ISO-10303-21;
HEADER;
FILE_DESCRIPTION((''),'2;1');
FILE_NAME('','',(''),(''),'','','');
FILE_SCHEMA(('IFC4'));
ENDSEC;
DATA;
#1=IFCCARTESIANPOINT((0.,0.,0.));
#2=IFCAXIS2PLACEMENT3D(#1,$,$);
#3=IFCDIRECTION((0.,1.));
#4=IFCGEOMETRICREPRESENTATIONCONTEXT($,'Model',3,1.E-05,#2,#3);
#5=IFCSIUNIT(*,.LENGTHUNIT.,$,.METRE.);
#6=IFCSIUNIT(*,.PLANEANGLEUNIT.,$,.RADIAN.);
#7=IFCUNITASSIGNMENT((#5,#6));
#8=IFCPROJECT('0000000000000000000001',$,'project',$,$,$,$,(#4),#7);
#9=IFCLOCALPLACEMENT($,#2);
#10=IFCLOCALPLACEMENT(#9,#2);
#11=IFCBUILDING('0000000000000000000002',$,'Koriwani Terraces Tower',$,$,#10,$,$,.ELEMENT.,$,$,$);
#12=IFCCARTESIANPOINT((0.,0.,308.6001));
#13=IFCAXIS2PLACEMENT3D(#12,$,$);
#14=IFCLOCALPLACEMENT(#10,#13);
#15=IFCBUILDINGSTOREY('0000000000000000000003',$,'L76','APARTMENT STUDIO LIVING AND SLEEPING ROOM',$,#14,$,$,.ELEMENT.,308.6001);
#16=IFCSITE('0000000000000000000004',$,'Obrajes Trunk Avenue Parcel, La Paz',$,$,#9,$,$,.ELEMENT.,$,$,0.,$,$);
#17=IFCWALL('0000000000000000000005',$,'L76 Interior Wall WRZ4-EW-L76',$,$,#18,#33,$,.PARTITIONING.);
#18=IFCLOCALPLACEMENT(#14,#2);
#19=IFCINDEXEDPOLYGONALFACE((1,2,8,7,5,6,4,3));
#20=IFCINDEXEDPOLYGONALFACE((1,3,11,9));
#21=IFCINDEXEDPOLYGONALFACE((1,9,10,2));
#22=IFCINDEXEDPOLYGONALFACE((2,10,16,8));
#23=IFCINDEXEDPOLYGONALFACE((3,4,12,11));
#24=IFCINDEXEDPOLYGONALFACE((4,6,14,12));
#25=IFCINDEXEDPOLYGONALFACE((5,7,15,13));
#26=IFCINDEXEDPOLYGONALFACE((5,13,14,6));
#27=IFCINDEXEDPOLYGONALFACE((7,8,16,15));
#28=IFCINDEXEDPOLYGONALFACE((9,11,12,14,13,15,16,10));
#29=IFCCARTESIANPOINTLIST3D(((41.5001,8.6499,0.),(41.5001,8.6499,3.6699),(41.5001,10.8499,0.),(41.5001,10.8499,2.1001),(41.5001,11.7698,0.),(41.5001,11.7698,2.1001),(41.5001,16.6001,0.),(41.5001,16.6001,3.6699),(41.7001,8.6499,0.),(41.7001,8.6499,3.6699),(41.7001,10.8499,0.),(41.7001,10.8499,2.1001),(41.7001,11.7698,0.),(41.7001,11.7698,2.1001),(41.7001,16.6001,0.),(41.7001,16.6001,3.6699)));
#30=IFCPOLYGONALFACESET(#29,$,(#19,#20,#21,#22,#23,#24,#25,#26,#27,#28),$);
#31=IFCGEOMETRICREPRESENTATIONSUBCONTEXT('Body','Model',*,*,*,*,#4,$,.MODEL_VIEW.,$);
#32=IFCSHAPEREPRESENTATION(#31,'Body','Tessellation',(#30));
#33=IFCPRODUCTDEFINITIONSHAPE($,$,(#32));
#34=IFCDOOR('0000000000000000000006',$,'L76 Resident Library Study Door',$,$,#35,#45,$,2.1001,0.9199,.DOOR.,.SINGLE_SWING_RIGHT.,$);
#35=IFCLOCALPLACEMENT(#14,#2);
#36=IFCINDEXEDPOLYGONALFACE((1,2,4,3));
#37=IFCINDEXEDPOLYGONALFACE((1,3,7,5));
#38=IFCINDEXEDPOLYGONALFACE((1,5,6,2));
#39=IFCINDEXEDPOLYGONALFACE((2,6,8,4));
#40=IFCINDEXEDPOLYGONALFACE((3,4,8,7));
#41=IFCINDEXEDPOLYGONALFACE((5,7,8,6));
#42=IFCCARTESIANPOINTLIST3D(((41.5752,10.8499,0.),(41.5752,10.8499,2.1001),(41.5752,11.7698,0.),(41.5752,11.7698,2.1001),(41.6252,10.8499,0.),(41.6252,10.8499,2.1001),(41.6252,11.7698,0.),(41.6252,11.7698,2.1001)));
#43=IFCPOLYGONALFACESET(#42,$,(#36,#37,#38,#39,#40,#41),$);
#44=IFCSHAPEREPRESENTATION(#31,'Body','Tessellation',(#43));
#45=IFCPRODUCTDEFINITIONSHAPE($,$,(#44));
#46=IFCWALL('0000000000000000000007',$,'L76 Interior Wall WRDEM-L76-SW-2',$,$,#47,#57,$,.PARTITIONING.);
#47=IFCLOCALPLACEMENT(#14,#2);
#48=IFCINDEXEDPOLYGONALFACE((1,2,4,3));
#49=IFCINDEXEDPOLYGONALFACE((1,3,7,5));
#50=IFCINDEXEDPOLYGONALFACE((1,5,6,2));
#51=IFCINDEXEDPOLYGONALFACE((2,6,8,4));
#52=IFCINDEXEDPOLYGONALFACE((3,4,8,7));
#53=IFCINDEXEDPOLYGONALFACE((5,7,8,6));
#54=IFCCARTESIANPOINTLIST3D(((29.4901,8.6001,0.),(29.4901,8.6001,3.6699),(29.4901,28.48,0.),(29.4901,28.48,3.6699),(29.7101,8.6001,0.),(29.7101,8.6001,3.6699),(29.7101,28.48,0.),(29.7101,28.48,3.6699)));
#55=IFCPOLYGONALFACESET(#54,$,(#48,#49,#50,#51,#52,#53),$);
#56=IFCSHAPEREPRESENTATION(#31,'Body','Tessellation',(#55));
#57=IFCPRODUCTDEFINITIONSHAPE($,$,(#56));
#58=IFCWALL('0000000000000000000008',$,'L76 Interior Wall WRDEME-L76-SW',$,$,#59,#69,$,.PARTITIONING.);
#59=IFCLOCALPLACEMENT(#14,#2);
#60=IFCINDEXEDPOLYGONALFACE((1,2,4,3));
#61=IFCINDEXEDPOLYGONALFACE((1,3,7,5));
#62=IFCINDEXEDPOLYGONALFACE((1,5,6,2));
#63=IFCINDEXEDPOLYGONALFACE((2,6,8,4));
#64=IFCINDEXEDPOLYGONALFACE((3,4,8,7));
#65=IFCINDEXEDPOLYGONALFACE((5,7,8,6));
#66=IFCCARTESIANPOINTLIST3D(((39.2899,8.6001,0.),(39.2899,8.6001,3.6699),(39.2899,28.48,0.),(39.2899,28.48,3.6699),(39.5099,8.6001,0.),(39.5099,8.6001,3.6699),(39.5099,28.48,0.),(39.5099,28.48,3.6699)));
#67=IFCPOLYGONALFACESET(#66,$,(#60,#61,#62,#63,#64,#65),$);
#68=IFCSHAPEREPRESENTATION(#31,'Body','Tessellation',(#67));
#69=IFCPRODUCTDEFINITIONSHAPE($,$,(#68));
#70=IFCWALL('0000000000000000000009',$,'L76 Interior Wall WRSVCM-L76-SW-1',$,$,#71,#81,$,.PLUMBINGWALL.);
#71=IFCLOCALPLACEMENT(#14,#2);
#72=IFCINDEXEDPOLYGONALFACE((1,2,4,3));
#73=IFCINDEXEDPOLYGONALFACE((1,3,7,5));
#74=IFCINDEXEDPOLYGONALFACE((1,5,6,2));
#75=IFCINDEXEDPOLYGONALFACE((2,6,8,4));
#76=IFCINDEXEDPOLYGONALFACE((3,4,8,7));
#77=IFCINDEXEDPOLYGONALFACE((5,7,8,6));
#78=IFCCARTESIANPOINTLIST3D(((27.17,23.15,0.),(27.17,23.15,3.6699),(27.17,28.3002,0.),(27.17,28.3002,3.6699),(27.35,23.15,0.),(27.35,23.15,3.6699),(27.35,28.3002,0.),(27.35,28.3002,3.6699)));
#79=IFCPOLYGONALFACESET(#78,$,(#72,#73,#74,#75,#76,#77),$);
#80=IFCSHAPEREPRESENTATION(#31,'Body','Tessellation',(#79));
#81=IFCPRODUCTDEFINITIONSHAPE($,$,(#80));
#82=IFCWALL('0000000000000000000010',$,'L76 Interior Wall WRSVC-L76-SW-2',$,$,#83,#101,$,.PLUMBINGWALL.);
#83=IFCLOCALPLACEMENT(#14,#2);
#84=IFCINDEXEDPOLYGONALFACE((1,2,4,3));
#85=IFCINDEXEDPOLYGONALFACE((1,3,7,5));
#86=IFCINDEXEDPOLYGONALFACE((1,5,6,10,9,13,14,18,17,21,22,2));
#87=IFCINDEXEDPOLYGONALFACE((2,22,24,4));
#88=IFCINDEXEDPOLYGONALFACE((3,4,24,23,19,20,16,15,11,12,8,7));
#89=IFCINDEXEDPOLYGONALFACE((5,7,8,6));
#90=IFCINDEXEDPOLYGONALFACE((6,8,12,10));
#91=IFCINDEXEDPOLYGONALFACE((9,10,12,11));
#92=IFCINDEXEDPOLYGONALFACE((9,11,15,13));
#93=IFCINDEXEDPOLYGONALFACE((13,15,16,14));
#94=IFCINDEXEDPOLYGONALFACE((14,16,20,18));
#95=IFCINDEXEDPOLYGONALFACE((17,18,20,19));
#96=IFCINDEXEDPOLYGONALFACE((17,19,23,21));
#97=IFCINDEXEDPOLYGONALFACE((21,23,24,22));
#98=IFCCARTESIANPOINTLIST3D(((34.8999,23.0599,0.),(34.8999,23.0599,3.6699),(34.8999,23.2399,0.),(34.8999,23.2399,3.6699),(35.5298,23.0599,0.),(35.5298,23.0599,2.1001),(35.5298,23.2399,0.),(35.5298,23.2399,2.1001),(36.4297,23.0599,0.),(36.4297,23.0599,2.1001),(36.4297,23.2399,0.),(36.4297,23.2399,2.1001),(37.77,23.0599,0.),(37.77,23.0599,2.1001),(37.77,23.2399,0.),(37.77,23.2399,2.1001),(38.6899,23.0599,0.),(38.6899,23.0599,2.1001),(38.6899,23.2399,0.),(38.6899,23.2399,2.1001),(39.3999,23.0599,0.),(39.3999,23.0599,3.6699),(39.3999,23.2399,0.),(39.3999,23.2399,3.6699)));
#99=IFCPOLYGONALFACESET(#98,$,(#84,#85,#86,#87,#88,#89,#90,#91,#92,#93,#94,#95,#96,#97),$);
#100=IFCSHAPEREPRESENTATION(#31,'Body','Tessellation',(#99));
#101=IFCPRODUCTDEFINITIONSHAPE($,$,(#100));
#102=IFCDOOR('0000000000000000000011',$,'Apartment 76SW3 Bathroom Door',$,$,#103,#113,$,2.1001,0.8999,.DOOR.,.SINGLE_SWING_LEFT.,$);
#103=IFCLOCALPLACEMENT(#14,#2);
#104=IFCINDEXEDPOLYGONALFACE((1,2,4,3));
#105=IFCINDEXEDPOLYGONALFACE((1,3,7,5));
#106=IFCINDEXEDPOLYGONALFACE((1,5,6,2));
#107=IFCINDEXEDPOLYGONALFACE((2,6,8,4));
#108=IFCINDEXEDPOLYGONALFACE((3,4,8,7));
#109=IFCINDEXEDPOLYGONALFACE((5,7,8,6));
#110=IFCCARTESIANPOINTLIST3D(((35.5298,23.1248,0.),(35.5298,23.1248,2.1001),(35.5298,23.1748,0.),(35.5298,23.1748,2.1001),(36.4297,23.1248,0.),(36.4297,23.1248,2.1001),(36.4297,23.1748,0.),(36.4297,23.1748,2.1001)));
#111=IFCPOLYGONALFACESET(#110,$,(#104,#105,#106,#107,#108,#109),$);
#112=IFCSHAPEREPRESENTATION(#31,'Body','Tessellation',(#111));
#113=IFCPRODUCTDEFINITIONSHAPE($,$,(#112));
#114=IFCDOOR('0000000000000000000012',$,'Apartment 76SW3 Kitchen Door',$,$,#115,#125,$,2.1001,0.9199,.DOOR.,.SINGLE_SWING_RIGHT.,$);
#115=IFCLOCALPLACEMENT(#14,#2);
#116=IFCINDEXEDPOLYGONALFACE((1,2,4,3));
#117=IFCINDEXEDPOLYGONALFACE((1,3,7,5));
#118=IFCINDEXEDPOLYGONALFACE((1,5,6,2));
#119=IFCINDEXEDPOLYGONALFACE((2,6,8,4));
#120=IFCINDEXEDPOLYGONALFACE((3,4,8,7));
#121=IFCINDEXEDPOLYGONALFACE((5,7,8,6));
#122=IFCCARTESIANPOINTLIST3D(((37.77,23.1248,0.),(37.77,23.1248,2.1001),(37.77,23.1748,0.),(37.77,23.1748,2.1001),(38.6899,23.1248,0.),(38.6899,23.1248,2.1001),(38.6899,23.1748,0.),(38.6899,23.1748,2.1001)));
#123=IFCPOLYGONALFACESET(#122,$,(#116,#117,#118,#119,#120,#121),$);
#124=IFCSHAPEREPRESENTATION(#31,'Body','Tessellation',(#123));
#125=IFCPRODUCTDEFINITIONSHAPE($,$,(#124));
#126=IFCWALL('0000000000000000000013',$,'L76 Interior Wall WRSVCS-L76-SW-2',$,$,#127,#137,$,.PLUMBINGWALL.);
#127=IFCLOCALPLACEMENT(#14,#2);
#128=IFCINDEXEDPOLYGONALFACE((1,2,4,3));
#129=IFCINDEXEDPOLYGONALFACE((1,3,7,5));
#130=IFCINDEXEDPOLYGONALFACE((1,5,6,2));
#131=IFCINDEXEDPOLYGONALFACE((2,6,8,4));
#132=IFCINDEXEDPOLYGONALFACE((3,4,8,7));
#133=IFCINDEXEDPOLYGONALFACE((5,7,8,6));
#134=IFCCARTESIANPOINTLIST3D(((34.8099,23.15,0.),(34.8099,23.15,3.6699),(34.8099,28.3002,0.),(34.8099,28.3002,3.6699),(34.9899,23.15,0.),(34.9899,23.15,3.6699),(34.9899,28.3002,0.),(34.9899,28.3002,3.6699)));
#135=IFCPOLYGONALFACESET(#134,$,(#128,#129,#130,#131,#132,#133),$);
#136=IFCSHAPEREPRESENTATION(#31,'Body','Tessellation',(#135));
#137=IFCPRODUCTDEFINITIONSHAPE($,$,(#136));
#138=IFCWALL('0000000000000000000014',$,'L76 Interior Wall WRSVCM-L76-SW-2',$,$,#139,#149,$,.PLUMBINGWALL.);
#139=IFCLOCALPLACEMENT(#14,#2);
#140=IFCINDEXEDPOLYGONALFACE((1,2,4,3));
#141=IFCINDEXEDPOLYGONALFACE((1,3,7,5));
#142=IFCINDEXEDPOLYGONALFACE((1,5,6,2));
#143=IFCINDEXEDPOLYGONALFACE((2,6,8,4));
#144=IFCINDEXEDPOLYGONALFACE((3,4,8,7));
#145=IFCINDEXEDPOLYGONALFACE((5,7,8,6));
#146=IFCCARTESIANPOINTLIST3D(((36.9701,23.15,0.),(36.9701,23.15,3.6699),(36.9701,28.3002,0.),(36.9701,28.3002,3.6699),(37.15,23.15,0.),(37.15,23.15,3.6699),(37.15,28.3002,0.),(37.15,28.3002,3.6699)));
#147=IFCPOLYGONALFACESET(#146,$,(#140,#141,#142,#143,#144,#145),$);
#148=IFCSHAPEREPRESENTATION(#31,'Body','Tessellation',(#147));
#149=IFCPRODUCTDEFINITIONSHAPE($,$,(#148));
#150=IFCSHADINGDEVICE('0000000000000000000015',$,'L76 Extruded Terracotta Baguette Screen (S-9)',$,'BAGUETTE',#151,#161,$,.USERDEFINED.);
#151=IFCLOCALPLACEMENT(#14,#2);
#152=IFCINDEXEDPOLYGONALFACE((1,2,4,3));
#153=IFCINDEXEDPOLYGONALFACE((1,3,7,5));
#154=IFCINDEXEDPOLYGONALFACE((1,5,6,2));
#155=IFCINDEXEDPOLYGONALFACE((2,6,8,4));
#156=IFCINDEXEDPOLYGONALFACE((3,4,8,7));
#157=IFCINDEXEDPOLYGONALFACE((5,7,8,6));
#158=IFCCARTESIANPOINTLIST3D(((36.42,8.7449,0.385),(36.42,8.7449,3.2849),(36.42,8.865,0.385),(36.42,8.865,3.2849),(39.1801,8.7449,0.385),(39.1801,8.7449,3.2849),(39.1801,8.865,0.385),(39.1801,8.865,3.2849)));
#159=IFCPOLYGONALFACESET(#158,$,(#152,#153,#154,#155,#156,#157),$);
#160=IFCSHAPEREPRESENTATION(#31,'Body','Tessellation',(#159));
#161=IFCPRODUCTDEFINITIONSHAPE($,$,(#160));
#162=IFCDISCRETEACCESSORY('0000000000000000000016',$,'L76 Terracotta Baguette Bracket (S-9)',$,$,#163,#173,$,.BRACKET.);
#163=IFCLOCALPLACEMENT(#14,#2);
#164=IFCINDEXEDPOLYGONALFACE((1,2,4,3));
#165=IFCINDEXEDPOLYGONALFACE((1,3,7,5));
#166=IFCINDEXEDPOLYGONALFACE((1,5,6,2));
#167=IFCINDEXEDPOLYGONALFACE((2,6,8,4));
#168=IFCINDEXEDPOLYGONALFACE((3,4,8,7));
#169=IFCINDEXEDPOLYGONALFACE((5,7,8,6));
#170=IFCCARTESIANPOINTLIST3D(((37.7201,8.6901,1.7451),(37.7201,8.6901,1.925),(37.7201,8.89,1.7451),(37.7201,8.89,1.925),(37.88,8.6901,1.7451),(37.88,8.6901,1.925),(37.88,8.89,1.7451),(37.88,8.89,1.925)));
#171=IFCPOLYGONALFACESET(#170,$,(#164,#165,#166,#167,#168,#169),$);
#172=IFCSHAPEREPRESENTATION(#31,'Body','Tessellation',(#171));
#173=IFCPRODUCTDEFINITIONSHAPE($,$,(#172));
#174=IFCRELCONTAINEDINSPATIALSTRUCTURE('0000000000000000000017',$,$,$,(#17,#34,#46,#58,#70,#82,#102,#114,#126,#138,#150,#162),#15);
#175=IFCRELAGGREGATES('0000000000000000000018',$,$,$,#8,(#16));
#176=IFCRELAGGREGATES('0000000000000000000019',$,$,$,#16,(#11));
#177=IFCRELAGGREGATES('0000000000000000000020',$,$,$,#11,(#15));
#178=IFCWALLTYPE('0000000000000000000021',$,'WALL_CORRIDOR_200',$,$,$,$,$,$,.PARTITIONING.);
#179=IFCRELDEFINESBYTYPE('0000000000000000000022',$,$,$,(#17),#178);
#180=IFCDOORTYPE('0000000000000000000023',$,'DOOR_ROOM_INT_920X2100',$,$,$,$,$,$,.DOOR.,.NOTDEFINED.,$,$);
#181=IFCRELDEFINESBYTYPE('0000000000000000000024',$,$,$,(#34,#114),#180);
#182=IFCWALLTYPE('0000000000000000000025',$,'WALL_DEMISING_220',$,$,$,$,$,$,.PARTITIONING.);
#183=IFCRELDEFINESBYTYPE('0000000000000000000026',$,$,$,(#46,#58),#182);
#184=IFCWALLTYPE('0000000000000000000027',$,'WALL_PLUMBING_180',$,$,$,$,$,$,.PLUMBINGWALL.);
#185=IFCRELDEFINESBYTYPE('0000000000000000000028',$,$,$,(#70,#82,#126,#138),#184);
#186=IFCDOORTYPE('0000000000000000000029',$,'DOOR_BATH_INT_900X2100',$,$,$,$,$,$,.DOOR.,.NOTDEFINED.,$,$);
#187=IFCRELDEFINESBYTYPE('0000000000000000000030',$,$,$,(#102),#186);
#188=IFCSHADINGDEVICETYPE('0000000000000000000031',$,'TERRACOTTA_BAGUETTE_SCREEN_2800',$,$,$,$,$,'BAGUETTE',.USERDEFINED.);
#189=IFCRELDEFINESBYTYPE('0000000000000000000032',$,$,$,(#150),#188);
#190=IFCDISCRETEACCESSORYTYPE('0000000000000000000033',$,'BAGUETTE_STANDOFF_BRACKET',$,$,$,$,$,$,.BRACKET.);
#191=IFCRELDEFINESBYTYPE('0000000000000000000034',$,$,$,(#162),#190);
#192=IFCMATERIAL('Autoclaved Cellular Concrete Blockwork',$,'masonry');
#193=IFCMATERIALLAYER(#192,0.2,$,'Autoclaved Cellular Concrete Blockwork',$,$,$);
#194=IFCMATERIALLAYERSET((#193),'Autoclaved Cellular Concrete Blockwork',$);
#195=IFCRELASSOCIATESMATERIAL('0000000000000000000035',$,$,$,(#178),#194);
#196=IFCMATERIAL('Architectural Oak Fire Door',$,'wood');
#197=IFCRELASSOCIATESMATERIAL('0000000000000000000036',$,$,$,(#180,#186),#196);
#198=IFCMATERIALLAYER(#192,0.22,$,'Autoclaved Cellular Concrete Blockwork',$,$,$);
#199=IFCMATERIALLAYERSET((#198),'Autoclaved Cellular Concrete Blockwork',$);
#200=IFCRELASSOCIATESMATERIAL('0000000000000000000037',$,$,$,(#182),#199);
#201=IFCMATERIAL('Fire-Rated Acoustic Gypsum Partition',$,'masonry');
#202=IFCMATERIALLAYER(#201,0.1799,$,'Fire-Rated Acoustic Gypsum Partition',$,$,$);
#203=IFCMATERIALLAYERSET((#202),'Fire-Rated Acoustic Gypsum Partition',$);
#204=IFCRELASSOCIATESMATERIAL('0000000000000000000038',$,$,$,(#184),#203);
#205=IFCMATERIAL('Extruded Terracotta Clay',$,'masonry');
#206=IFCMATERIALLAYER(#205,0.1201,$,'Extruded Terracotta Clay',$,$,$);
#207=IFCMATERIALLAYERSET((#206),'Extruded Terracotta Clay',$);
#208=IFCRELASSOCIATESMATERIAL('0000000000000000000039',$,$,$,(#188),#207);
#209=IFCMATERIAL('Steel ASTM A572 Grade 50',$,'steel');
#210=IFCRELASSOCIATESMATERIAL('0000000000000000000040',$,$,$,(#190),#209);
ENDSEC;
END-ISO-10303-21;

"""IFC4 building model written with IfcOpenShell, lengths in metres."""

from ifc_helpers import new_model, si_unit, direction, frame, frame_2d, origin, origin_2d, place, context, subcontext, project, spatial, rectangle, extrude, material, layer, layer_set, type_object, element, fill, save


model = new_model("IFC4")

# Units and contexts
model_context = context("Model", 3, precision=1e-05, world=origin(), true_north=direction((0.0, 1.0)))
body_context = subcontext(model_context, "Body", "Model", "MODEL_VIEW")
ifc_project = project(units=[si_unit("LENGTHUNIT", "METRE"), si_unit("PLANEANGLEUNIT", "RADIAN")], contexts=[model_context])

# Site, building, storey
site_placement = place(None, origin())
site = spatial("IfcSite", under=ifc_project, at=site_placement, Name="Obrajes Trunk Avenue Parcel, La Paz", CompositionType="ELEMENT", RefElevation=0.0)
building_placement = place(site_placement, origin())
building = spatial("IfcBuilding", under=site, at=building_placement, Name="Koriwani Terraces Tower", CompositionType="ELEMENT")
storey_placement = place(building_placement, frame((0.0, 0.0, 308.6001)))
storey = spatial("IfcBuildingStorey", under=building, at=storey_placement, Name="L76", Description="APARTMENT STUDIO LIVING AND SLEEPING ROOM", CompositionType="ELEMENT", Elevation=308.6001)

# Shared definitions
ifc_material_1 = material(Name="Steel ASTM A572 Grade 50", Category="steel")

# Wall, opening, door
ifc_material_2 = material(Name="Autoclaved Cellular Concrete Blockwork", Category="masonry")
ifc_layer_1 = layer(ifc_material_2, 0.2, Name="Autoclaved Cellular Concrete Blockwork")
ifc_layer_set_1 = layer_set([ifc_layer_1], Name="Autoclaved Cellular Concrete Blockwork")
wall_type_1 = type_object("IfcWallType", Name="WALL_CORRIDOR_200", PredefinedType="PARTITIONING", material=ifc_layer_set_1)
wall_1_placement = place(storey_placement, frame((41.6001, 8.6499, 0.0), z_axis=(0.0, 0.0, 1.0), x_axis=(0.0, 1.0, 0.0)))
wall_1 = element("IfcWall", 1, at=wall_1_placement, inside=storey, type_object=wall_type_1, Name="L76 Interior Wall WRZ4-EW-L76", PredefinedType="PARTITIONING", context=body_context, shape_type="SweptSolid", body=[
    extrude(rectangle(XDim=7.9502, YDim=0.2, at=frame_2d((3.9751, 0.0))), origin(), (0.0, 0.0, 1.0), 3.6699),
])
opening_1_placement = place(wall_1_placement, frame((2.2, 0.0, 0.0)))
opening_1 = element("IfcOpeningElement", 2, at=opening_1_placement, cuts=wall_1, PredefinedType="OPENING", context=body_context, shape_type="SweptSolid", body=[
    extrude(rectangle(XDim=0.9199, YDim=2.1001, at=frame_2d((0.46, 1.05))), frame((0.0, 0.1099, 0.0), z_axis=(0.0, -1.0, 0.0), x_axis=(1.0, 0.0, 0.0)), (0.0, 0.0, 1.0), 0.22),
])
ifc_material_3 = material(Name="Architectural Oak Fire Door", Category="wood")
door_type_1 = type_object("IfcDoorType", Name="DOOR_ROOM_INT_920X2100", OperationType="NOTDEFINED", PredefinedType="DOOR", material=ifc_material_3)
door_1_placement = place(opening_1_placement, origin())
door_1 = element("IfcDoor", 3, at=door_1_placement, inside=storey, type_object=door_type_1, Name="L76 Resident Library Study Door", OperationType="SINGLE_SWING_RIGHT", OverallHeight=2.1001, OverallWidth=0.9199, PredefinedType="DOOR", context=body_context, shape_type="SweptSolid", body=[
    extrude(rectangle(XDim=0.9199, YDim=2.1001, at=frame_2d((0.46, 1.05))), frame((0.0, 0.0249, 0.0), z_axis=(0.0, -1.0, 0.0), x_axis=(1.0, 0.0, 0.0)), (0.0, 0.0, 1.0), 0.05),
])
fill(opening_1, door_1)

# Walls
ifc_layer_2 = layer(ifc_material_2, 0.22, Name="Autoclaved Cellular Concrete Blockwork")
ifc_layer_set_2 = layer_set([ifc_layer_2], Name="Autoclaved Cellular Concrete Blockwork")
wall_type_2 = type_object("IfcWallType", Name="WALL_DEMISING_220", PredefinedType="PARTITIONING", material=ifc_layer_set_2)
for number, where, z_axis, x_axis, name in (
    (4, (29.6001, 8.6001, 0.0), (0.0, 0.0, 1.0), (0.0, 1.0, 0.0), "L76 Interior Wall WRDEM-L76-SW-2"),
    (5, (39.3999, 8.6001, 0.0), (0.0, 0.0, 1.0), (0.0, 1.0, 0.0), "L76 Interior Wall WRDEME-L76-SW"),
):
    element("IfcWall", number, at=place(storey_placement, frame(where, z_axis=z_axis, x_axis=x_axis)), inside=storey, type_object=wall_type_2, Name=name, PredefinedType="PARTITIONING", context=body_context, shape_type="SweptSolid", body=[
        extrude(rectangle(XDim=19.8799, YDim=0.22, at=frame_2d((9.9399, 0.0))), origin(), (0.0, 0.0, 1.0), 3.6699),
    ])
ifc_material_4 = material(Name="Fire-Rated Acoustic Gypsum Partition", Category="masonry")
ifc_layer_3 = layer(ifc_material_4, 0.1799, Name="Fire-Rated Acoustic Gypsum Partition")
ifc_layer_set_3 = layer_set([ifc_layer_3], Name="Fire-Rated Acoustic Gypsum Partition")
wall_type_3 = type_object("IfcWallType", Name="WALL_PLUMBING_180", PredefinedType="PLUMBINGWALL", material=ifc_layer_set_3)
wall_2_placement = place(storey_placement, frame((27.26, 23.1499, 0.0), z_axis=(0.0, 0.0, 1.0), x_axis=(0.0, 1.0, 0.0)))
element("IfcWall", 6, at=wall_2_placement, inside=storey, type_object=wall_type_3, Name="L76 Interior Wall WRSVCM-L76-SW-1", PredefinedType="PLUMBINGWALL", context=body_context, shape_type="SweptSolid", body=[
    extrude(rectangle(XDim=5.1501, YDim=0.1799, at=frame_2d((2.5752, 0.0))), origin(), (0.0, 0.0, 1.0), 3.6699),
])

# Wall, openings, doors
wall_3_placement = place(storey_placement, frame((34.8999, 23.1499, 0.0), z_axis=(0.0, 0.0, 1.0), x_axis=(1.0, 0.0, 0.0)))
wall_3 = element("IfcWall", 7, at=wall_3_placement, inside=storey, type_object=wall_type_3, Name="L76 Interior Wall WRSVC-L76-SW-2", PredefinedType="PLUMBINGWALL", context=body_context, shape_type="SweptSolid", body=[
    extrude(rectangle(XDim=4.5, YDim=0.1799, at=frame_2d((2.25, 0.0))), origin(), (0.0, 0.0, 1.0), 3.6699),
])
opening_2_placement = place(wall_3_placement, frame((0.6299, 0.0, 0.0)))
opening_2 = element("IfcOpeningElement", 8, at=opening_2_placement, cuts=wall_3, PredefinedType="OPENING", context=body_context, shape_type="SweptSolid", body=[
    extrude(rectangle(XDim=0.8999, YDim=2.1001, at=frame_2d((0.45, 1.05))), frame((0.0, 0.1001, 0.0), z_axis=(0.0, -1.0, 0.0), x_axis=(1.0, 0.0, 0.0)), (0.0, 0.0, 1.0), 0.2),
])
opening_3_placement = place(wall_3_placement, frame((2.8701, 0.0, 0.0)))
opening_3 = element("IfcOpeningElement", 9, at=opening_3_placement, cuts=wall_3, PredefinedType="OPENING", context=body_context, shape_type="SweptSolid", body=[
    extrude(rectangle(XDim=0.9199, YDim=2.1001, at=frame_2d((0.46, 1.05))), frame((0.0, 0.1001, 0.0), z_axis=(0.0, -1.0, 0.0), x_axis=(1.0, 0.0, 0.0)), (0.0, 0.0, 1.0), 0.2),
])
door_type_2 = type_object("IfcDoorType", Name="DOOR_BATH_INT_900X2100", OperationType="NOTDEFINED", PredefinedType="DOOR", material=ifc_material_3)
door_2_placement = place(opening_2_placement, origin())
door_2 = element("IfcDoor", 10, at=door_2_placement, inside=storey, type_object=door_type_2, Name="Apartment 76SW3 Bathroom Door", OperationType="SINGLE_SWING_LEFT", OverallHeight=2.1001, OverallWidth=0.8999, PredefinedType="DOOR", context=body_context, shape_type="SweptSolid", body=[
    extrude(rectangle(XDim=0.8999, YDim=2.1001, at=frame_2d((0.45, 1.05))), frame((0.0, 0.0249, 0.0), z_axis=(0.0, -1.0, 0.0), x_axis=(1.0, 0.0, 0.0)), (0.0, 0.0, 1.0), 0.05),
])
fill(opening_2, door_2)
door_3_placement = place(opening_3_placement, origin())
door_3 = element("IfcDoor", 11, at=door_3_placement, inside=storey, type_object=door_type_1, Name="Apartment 76SW3 Kitchen Door", OperationType="SINGLE_SWING_RIGHT", OverallHeight=2.1001, OverallWidth=0.9199, PredefinedType="DOOR", context=body_context, shape_type="SweptSolid", body=[
    extrude(rectangle(XDim=0.9199, YDim=2.1001, at=frame_2d((0.46, 1.05))), frame((0.0, 0.0249, 0.0), z_axis=(0.0, -1.0, 0.0), x_axis=(1.0, 0.0, 0.0)), (0.0, 0.0, 1.0), 0.05),
])
fill(opening_3, door_3)

# Walls
for number, where, z_axis, x_axis, name in (
    (12, (34.8999, 23.1499, 0.0), (0.0, 0.0, 1.0), (0.0, 1.0, 0.0), "L76 Interior Wall WRSVCS-L76-SW-2"),
    (13, (37.0601, 23.1499, 0.0), (0.0, 0.0, 1.0), (0.0, 1.0, 0.0), "L76 Interior Wall WRSVCM-L76-SW-2"),
):
    element("IfcWall", number, at=place(storey_placement, frame(where, z_axis=z_axis, x_axis=x_axis)), inside=storey, type_object=wall_type_3, Name=name, PredefinedType="PLUMBINGWALL", context=body_context, shape_type="SweptSolid", body=[
        extrude(rectangle(XDim=5.1501, YDim=0.1799, at=frame_2d((2.5752, 0.0))), origin(), (0.0, 0.0, 1.0), 3.6699),
    ])

# Shading device
ifc_material_5 = material(Name="Extruded Terracotta Clay", Category="masonry")
ifc_layer_4 = layer(ifc_material_5, 0.1201, Name="Extruded Terracotta Clay")
ifc_layer_set_4 = layer_set([ifc_layer_4], Name="Extruded Terracotta Clay")
shading_device_type = type_object("IfcShadingDeviceType", Name="TERRACOTTA_BAGUETTE_SCREEN_2800", ElementType="BAGUETTE", PredefinedType="USERDEFINED", material=ifc_layer_set_4)
shading_device_placement = place(storey_placement, frame((37.8, 8.8049, 0.385), z_axis=(0.0, 0.0, 1.0), x_axis=(-1.0, 0.0, 0.0)))
element("IfcShadingDevice", 14, at=shading_device_placement, inside=storey, type_object=shading_device_type, Name="L76 Extruded Terracotta Baguette Screen (S-9)", ObjectType="BAGUETTE", PredefinedType="USERDEFINED", context=body_context, shape_type="SweptSolid", body=[
    extrude(rectangle(XDim=2.76, YDim=0.1201, at=origin_2d()), origin(), (0.0, 0.0, 1.0), 2.8999),
])

# Discrete accessory
discrete_accessory_type = type_object("IfcDiscreteAccessoryType", Name="BAGUETTE_STANDOFF_BRACKET", PredefinedType="BRACKET", material=ifc_material_1)
discrete_accessory_placement = place(storey_placement, frame((37.8, 8.79, 1.7451), z_axis=(0.0, 0.0, 1.0), x_axis=(-1.0, 0.0, 0.0)))
element("IfcDiscreteAccessory", 15, at=discrete_accessory_placement, inside=storey, type_object=discrete_accessory_type, Name="L76 Terracotta Baguette Bracket (S-9)", PredefinedType="BRACKET", context=body_context, shape_type="SweptSolid", body=[
    extrude(rectangle(XDim=0.1599, YDim=0.2, at=origin_2d()), origin(), (0.0, 0.0, 1.0), 0.1799),
])

save(model, "model.ifc")
